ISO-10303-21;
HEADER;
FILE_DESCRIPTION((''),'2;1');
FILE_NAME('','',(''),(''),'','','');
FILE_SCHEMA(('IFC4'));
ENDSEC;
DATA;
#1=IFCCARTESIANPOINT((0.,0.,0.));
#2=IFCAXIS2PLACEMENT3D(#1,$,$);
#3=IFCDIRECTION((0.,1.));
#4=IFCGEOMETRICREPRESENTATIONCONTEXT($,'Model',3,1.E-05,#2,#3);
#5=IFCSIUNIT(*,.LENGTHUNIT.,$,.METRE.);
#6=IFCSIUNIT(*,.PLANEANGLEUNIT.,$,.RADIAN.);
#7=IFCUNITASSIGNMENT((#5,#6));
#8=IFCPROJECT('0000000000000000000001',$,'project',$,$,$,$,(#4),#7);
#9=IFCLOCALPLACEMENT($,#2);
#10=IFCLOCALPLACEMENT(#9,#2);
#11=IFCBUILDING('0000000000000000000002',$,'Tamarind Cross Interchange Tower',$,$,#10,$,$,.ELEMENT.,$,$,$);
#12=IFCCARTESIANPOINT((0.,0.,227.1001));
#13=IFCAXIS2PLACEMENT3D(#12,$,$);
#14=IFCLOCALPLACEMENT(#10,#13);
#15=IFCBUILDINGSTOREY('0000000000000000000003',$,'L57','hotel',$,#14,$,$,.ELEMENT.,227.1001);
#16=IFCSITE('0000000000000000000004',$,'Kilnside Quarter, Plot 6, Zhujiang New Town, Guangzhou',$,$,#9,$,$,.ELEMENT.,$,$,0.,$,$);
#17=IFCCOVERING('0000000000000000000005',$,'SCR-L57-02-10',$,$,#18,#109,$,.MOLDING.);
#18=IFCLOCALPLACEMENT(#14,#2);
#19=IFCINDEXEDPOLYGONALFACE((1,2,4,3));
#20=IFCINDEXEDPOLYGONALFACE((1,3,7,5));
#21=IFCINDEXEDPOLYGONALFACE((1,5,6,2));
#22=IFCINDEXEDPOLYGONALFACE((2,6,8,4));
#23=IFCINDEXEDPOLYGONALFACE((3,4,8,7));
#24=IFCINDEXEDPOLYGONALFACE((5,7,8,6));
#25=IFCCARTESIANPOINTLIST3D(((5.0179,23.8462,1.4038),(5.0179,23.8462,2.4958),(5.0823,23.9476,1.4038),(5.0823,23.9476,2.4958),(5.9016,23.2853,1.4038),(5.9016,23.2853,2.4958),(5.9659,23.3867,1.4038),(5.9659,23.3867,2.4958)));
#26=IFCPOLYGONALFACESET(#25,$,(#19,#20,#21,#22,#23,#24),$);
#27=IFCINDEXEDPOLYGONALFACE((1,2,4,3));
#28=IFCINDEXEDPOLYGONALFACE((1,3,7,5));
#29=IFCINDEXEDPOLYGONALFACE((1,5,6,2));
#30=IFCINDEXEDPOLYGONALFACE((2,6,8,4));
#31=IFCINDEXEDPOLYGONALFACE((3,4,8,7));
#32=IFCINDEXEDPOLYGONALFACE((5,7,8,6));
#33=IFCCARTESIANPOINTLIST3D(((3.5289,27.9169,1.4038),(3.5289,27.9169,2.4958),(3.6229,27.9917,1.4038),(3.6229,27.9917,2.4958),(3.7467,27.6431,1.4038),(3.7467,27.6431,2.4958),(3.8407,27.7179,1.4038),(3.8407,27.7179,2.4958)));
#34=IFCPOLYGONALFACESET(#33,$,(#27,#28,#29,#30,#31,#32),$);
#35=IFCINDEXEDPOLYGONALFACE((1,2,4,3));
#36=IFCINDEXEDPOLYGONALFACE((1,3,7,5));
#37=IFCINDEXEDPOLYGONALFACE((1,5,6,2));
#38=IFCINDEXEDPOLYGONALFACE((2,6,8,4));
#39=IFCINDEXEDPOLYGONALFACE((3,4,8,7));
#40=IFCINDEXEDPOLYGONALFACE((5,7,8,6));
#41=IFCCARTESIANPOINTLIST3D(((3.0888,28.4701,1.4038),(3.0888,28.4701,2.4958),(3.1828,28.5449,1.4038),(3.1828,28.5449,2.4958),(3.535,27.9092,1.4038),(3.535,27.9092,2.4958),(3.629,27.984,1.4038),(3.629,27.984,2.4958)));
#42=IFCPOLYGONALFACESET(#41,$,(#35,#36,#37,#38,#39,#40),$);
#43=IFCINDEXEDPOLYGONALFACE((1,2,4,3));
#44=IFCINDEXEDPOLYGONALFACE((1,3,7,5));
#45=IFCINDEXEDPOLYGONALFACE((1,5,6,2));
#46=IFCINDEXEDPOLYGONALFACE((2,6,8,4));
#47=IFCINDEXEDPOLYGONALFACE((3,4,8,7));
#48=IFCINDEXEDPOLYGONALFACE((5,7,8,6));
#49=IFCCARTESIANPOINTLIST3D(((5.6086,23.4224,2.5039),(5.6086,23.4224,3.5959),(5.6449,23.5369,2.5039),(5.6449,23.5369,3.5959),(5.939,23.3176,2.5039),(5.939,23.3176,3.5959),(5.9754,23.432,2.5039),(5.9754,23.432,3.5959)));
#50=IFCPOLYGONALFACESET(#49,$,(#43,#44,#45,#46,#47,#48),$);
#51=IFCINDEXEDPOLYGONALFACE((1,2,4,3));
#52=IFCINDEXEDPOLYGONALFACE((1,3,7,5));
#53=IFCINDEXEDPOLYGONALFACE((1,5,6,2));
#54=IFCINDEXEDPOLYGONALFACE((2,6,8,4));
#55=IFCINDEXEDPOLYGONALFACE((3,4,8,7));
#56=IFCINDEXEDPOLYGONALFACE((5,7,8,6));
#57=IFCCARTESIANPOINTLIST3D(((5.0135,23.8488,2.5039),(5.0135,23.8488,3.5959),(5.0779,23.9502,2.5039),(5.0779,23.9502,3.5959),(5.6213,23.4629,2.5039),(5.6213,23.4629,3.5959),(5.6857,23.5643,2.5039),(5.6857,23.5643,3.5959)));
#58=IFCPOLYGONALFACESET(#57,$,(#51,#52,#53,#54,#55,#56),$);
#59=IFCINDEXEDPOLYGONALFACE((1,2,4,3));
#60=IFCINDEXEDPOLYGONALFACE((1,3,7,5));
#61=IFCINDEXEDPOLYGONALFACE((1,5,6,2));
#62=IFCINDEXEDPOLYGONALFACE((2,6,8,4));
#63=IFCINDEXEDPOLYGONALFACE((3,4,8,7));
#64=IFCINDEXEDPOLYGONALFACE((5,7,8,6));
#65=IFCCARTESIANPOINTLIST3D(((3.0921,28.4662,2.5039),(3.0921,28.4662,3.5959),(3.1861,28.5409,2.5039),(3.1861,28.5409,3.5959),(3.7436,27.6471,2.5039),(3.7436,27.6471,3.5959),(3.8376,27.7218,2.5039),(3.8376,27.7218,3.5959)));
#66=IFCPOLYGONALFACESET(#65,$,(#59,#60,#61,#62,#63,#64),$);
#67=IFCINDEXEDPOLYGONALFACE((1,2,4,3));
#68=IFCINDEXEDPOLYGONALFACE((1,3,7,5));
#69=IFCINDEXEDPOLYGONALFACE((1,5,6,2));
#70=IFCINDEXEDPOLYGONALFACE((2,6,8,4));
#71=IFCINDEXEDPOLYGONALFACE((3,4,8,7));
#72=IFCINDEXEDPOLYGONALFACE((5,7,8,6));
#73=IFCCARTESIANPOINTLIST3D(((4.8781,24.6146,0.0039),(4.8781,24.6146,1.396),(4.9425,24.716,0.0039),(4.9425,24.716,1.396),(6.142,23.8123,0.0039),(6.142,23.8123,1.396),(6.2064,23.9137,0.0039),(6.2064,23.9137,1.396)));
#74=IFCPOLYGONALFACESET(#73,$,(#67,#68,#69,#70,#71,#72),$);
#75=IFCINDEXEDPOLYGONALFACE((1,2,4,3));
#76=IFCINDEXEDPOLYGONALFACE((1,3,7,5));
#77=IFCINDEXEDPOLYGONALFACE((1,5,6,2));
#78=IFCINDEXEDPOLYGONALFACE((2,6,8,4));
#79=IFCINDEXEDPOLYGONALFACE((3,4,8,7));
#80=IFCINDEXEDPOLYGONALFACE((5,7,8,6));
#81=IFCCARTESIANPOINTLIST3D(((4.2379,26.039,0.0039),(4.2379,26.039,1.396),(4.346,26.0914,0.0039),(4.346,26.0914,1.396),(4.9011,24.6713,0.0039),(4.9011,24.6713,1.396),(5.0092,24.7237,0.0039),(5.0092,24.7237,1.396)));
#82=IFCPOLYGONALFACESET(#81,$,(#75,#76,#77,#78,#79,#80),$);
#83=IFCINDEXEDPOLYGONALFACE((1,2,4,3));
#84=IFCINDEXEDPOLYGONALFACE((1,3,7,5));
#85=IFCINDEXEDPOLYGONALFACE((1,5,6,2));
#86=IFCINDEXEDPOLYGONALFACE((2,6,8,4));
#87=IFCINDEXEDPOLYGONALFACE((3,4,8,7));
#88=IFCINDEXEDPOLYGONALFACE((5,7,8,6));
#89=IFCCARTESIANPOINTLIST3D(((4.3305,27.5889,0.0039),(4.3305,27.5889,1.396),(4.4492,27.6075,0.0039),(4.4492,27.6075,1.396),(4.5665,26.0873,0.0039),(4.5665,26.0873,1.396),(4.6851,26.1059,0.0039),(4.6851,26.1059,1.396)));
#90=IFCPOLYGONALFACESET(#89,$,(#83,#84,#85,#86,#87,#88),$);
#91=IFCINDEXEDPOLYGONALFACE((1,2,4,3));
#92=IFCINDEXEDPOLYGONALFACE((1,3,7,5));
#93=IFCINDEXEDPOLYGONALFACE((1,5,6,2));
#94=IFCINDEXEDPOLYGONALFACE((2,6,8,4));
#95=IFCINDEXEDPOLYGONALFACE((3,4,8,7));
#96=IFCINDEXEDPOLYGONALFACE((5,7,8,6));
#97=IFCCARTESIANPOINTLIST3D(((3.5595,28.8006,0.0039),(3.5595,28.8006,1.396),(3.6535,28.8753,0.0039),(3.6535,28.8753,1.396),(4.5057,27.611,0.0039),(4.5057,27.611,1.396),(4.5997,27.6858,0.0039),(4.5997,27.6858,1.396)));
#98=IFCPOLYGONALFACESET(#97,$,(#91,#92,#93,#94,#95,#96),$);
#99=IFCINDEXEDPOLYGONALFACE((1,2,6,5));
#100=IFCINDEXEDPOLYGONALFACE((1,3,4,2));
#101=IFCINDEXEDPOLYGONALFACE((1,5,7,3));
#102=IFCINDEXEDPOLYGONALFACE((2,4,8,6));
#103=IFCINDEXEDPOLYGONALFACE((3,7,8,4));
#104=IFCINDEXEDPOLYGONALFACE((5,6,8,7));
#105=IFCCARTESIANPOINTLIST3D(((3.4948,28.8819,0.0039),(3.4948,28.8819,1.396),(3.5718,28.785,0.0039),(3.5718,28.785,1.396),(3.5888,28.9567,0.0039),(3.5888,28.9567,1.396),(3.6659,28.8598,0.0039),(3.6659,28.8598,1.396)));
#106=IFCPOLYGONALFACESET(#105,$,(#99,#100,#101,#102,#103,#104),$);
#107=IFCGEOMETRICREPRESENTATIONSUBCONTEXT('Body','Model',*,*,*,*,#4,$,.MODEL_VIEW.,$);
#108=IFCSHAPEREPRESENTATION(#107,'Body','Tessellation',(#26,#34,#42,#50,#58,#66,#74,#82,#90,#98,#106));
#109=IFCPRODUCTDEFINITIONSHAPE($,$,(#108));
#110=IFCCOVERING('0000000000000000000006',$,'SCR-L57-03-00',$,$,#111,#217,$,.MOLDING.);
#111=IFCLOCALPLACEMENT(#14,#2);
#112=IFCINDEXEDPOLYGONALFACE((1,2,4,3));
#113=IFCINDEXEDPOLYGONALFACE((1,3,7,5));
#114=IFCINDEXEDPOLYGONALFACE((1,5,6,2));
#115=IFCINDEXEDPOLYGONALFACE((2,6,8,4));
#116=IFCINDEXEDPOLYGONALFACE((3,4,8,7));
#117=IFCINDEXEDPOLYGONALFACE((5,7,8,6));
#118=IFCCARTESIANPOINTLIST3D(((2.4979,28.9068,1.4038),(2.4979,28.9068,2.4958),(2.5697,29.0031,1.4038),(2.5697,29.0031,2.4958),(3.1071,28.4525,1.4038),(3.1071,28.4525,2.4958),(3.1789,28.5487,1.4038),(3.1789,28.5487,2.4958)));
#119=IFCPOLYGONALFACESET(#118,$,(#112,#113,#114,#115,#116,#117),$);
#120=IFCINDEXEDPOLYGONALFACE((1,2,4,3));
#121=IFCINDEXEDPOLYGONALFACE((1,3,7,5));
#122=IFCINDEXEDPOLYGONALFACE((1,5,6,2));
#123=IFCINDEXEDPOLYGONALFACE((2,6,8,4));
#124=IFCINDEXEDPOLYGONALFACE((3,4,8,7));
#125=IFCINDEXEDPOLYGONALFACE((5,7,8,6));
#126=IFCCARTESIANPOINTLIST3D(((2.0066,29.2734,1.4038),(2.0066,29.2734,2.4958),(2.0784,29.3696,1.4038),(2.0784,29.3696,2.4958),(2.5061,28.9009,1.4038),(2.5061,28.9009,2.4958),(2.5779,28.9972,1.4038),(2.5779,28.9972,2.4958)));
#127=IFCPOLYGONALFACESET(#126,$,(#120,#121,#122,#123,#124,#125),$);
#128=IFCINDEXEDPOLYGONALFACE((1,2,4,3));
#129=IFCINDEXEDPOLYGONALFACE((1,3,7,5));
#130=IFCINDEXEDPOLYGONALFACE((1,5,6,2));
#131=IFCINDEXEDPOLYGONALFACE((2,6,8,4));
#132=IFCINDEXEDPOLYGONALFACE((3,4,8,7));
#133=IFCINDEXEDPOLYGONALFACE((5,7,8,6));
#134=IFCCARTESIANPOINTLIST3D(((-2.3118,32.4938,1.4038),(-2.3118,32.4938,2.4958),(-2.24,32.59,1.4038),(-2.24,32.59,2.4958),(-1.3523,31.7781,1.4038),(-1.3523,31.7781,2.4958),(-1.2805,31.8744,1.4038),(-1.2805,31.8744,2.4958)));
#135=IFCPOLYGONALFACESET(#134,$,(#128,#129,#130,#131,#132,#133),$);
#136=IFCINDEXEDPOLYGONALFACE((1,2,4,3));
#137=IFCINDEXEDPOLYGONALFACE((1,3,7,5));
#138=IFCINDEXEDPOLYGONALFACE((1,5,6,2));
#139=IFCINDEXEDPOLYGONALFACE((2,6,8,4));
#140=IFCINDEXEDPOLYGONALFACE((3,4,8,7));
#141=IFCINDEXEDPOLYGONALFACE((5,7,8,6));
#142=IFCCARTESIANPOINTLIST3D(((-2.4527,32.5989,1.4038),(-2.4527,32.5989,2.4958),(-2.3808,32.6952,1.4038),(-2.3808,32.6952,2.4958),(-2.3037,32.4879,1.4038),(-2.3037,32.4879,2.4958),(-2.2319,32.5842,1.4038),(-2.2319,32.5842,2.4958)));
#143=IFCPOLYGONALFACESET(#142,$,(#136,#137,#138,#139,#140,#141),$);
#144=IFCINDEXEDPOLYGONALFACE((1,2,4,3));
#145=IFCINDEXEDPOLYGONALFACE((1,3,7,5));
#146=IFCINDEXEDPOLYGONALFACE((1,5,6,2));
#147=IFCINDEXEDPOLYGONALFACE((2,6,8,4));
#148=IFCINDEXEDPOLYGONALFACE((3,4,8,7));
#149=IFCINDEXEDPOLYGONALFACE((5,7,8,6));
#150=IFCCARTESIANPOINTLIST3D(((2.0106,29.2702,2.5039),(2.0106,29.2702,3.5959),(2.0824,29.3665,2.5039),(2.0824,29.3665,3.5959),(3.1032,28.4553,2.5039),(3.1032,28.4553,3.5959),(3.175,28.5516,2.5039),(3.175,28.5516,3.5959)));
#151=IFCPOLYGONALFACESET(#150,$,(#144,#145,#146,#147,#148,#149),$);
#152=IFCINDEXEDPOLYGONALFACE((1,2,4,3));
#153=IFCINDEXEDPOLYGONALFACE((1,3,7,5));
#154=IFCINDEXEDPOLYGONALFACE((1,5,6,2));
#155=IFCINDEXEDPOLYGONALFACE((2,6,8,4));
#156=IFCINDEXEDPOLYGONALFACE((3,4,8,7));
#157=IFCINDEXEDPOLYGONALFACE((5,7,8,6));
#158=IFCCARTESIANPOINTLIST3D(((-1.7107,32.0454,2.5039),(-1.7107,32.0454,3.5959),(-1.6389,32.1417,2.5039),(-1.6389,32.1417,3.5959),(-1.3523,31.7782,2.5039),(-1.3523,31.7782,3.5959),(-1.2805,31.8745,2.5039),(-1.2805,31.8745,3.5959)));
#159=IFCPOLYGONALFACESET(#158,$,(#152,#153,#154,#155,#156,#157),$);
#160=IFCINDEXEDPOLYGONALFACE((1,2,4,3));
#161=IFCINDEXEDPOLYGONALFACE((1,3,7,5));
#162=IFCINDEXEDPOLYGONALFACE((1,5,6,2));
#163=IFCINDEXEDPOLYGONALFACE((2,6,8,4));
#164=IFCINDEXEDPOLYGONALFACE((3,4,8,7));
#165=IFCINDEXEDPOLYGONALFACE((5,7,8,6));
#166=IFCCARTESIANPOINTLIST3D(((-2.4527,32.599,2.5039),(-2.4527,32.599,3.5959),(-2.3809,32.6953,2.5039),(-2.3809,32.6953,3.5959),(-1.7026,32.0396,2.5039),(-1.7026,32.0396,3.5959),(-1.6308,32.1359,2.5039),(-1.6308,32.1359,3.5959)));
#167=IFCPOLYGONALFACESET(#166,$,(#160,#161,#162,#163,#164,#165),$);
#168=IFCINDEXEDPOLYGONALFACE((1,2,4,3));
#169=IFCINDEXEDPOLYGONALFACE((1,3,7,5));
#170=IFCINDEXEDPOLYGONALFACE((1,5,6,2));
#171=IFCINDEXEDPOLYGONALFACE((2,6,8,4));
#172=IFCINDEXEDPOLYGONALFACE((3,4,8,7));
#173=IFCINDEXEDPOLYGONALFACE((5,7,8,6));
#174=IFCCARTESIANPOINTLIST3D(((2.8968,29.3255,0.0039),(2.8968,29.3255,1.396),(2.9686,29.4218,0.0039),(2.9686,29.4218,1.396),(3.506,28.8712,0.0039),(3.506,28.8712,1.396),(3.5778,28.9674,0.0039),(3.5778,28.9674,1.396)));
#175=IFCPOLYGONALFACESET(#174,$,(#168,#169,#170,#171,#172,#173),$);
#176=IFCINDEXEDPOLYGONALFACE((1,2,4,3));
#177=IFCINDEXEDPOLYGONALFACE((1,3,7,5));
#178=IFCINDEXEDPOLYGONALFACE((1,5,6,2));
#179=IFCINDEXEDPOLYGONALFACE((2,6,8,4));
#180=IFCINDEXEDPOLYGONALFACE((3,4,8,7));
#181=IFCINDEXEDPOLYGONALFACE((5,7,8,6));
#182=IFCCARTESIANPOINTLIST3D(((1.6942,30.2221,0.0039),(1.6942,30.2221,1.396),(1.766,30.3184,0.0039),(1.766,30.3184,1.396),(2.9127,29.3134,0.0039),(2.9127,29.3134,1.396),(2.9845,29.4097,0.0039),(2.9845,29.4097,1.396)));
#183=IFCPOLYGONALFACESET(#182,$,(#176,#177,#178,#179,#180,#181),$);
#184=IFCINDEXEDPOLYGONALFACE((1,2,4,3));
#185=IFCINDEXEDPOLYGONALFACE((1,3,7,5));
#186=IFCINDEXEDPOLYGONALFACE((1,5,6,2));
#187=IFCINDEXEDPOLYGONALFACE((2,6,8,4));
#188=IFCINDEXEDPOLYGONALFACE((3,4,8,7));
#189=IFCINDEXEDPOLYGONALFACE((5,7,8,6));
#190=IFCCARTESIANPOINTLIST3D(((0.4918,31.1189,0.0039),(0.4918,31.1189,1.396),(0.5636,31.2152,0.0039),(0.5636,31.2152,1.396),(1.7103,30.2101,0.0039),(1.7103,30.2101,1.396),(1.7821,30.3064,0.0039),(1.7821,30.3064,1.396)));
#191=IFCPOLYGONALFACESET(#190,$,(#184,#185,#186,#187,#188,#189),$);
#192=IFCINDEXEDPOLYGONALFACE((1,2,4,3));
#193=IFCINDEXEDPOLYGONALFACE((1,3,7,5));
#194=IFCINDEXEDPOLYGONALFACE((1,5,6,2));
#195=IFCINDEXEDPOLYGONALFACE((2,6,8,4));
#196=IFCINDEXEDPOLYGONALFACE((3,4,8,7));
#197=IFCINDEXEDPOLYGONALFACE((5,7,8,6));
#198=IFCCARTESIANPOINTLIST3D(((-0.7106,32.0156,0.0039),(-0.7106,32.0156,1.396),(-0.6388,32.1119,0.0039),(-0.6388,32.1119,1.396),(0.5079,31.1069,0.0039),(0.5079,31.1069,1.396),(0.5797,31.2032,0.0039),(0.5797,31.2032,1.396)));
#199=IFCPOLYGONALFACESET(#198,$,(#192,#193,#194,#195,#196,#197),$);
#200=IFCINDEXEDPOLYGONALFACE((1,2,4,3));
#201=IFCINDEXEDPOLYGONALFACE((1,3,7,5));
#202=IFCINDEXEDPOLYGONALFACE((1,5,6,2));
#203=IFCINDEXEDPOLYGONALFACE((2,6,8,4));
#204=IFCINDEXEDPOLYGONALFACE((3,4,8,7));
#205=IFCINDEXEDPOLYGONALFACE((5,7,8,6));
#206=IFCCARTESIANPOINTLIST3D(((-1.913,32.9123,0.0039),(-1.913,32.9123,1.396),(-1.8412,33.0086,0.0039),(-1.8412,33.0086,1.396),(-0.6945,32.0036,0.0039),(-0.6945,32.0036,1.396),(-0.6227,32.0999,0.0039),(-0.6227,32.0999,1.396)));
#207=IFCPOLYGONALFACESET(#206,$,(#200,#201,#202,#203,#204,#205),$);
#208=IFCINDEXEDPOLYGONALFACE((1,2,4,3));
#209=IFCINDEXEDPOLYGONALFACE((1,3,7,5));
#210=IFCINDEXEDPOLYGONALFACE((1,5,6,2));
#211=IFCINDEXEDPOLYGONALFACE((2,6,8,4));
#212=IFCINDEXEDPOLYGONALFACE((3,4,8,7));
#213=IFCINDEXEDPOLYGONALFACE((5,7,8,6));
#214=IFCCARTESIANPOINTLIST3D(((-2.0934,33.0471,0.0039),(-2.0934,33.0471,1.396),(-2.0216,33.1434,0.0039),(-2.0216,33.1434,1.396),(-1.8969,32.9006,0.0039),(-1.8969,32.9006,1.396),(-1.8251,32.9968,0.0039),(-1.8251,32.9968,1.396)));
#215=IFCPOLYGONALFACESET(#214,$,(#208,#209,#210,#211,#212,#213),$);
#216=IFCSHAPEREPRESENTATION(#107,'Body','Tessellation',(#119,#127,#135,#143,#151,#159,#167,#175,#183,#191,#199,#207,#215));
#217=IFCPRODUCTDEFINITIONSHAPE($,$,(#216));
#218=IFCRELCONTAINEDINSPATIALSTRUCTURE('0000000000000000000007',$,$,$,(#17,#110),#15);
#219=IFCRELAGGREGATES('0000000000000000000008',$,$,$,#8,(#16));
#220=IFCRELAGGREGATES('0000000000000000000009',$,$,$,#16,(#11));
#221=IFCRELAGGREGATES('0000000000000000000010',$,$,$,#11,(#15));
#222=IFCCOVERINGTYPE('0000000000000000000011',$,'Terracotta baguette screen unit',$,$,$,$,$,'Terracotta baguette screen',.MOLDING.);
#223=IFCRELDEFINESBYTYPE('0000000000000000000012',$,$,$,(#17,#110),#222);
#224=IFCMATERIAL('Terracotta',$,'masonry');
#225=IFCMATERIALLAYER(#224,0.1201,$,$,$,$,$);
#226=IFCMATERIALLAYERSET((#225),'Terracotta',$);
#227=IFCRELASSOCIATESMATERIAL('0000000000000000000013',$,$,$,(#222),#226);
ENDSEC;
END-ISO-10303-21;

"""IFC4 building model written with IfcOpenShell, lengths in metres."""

from ifc_helpers import new_model, si_unit, direction, frame, origin, origin_2d, place, context, subcontext, project, spatial, rectangle, extrude, material, layer, layer_set, type_object, element, save


model = new_model("IFC4")

# Units and contexts
model_context = context("Model", 3, precision=1e-05, world=origin(), true_north=direction((0.0, 1.0)))
body_context = subcontext(model_context, "Body", "Model", "MODEL_VIEW")
ifc_project = project(units=[si_unit("LENGTHUNIT", "METRE"), si_unit("PLANEANGLEUNIT", "RADIAN")], contexts=[model_context])

# Site, building, storey
site_placement = place(None, origin())
site = spatial("IfcSite", under=ifc_project, at=site_placement, Name="Kilnside Quarter, Plot 6, Zhujiang New Town, Guangzhou", CompositionType="ELEMENT", RefElevation=0.0)
building_placement = place(site_placement, origin())
building = spatial("IfcBuilding", under=site, at=building_placement, Name="Tamarind Cross Interchange Tower", CompositionType="ELEMENT")
storey_placement = place(building_placement, frame((0.0, 0.0, 227.1001)))
storey = spatial("IfcBuildingStorey", under=building, at=storey_placement, Name="L57", Description="hotel", CompositionType="ELEMENT", Elevation=227.1001)

# Coverings
ifc_material_1 = material(Name="Terracotta", Category="masonry")
ifc_layer_1 = layer(ifc_material_1, 0.1201)
ifc_layer_set_1 = layer_set([ifc_layer_1], Name="Terracotta")
covering_type = type_object("IfcCoveringType", Name="Terracotta baguette screen unit", ElementType="Terracotta baguette screen", PredefinedType="MOLDING", material=ifc_layer_set_1)
covering_1_placement = place(storey_placement, origin())
element("IfcCovering", 1, at=covering_1_placement, inside=storey, type_object=covering_type, Name="SCR-L57-02-10", PredefinedType="MOLDING", context=body_context, shape_type="SweptSolid", body=[
    extrude(rectangle(XDim=1.0466, YDim=0.1201, at=origin_2d()), frame((5.4919, 23.6165, 1.4038), z_axis=(0.0, 0.0, 1.0), x_axis=(-0.844252, 0.535946, 0.0)), (0.0, 0.0, 1.0), 1.092),
    extrude(rectangle(XDim=0.3499, YDim=0.1201, at=origin_2d()), frame((3.6848, 27.8174, 1.4038), z_axis=(0.0, 0.0, 1.0), x_axis=(-0.622517, 0.782606, 0.0)), (0.0, 0.0, 1.0), 1.092),
    extrude(rectangle(XDim=0.7168, YDim=0.1201, at=origin_2d()), frame((3.3589, 28.2271, 1.4038), z_axis=(0.0, 0.0, 1.0), x_axis=(-0.622517, 0.782606, 0.0)), (0.0, 0.0, 1.0), 1.092),
    extrude(rectangle(XDim=0.3467, YDim=0.1201, at=origin_2d()), frame((5.792, 23.4272, 2.5039), z_axis=(0.0, 0.0, 1.0), x_axis=(-0.953133, 0.302552, 0.0)), (0.0, 0.0, 1.0), 1.092),
    extrude(rectangle(XDim=0.72, YDim=0.1201, at=origin_2d()), frame((5.3496, 23.7065, 2.5039), z_axis=(0.0, 0.0, 1.0), x_axis=(-0.844252, 0.535946, 0.0)), (0.0, 0.0, 1.0), 1.092),
    extrude(rectangle(XDim=1.0466, YDim=0.1201, at=origin_2d()), frame((3.4648, 28.094, 2.5039), z_axis=(0.0, 0.0, 1.0), x_axis=(-0.622517, 0.782606, 0.0)), (0.0, 0.0, 1.0), 1.092),
    extrude(rectangle(XDim=1.4971, YDim=0.1201, at=origin_2d()), frame((5.5422, 24.2642, 0.0039), z_axis=(0.0, 0.0, 1.0), x_axis=(-0.844252, 0.535946, 0.0)), (0.0, 0.0, 1.0), 1.3921),
    extrude(rectangle(XDim=1.52, YDim=0.1201, at=origin_2d()), frame((4.6235, 25.3813, 0.0039), z_axis=(0.0, 0.0, 1.0), x_axis=(-0.436316, 0.899793, 0.0)), (0.0, 0.0, 1.0), 1.3921),
    extrude(rectangle(XDim=1.52, YDim=0.1201, at=origin_2d()), frame((4.5078, 26.8474, 0.0039), z_axis=(0.0, 0.0, 1.0), x_axis=(-0.155243, 0.987876, 0.0)), (0.0, 0.0, 1.0), 1.3921),
    extrude(rectangle(XDim=1.52, YDim=0.1201, at=origin_2d()), frame((4.0796, 28.2432, 0.0039), z_axis=(0.0, 0.0, 1.0), x_axis=(-0.622517, 0.782606, 0.0)), (0.0, 0.0, 1.0), 1.3921),
    extrude(rectangle(XDim=0.1238, YDim=0.1201, at=origin_2d()), frame((3.5803, 28.8708, 0.0039), z_axis=(0.0, 0.0, 1.0), x_axis=(-0.622517, 0.782606, 0.0)), (0.0, 0.0, 1.0), 1.3921),
])
covering_2_placement = place(storey_placement, origin())
element("IfcCovering", 2, at=covering_2_placement, inside=storey, type_object=covering_type, Name="SCR-L57-03-00", PredefinedType="MOLDING", context=body_context, shape_type="SweptSolid", body=[
    extrude(rectangle(XDim=0.76, YDim=0.1201, at=origin_2d()), frame((2.8384, 28.7278, 1.4038), z_axis=(0.0, 0.0, 1.0), x_axis=(-0.801617, 0.597838, 0.0)), (0.0, 0.0, 1.0), 1.092),
    extrude(rectangle(XDim=0.623, YDim=0.1201, at=origin_2d()), frame((2.2922, 29.1353, 1.4038), z_axis=(0.0, 0.0, 1.0), x_axis=(-0.801617, 0.597838, 0.0)), (0.0, 0.0, 1.0), 1.092),
    extrude(rectangle(XDim=1.197, YDim=0.1201, at=origin_2d()), frame((-1.7961, 32.1841, 1.4038), z_axis=(0.0, 0.0, 1.0), x_axis=(-0.801617, 0.597838, 0.0)), (0.0, 0.0, 1.0), 1.092),
    extrude(rectangle(XDim=0.1858, YDim=0.1201, at=origin_2d()), frame((-2.3423, 32.5916, 1.4038), z_axis=(0.0, 0.0, 1.0), x_axis=(-0.801617, 0.597838, 0.0)), (0.0, 0.0, 1.0), 1.092),
    extrude(rectangle(XDim=1.363, YDim=0.1201, at=origin_2d()), frame((2.5928, 28.9109, 2.5039), z_axis=(0.0, 0.0, 1.0), x_axis=(-0.801617, 0.597838, 0.0)), (0.0, 0.0, 1.0), 1.092),
    extrude(rectangle(XDim=0.447, YDim=0.1201, at=origin_2d()), frame((-1.4956, 31.96, 2.5039), z_axis=(0.0, 0.0, 1.0), x_axis=(-0.801617, 0.597838, 0.0)), (0.0, 0.0, 1.0), 1.092),
    extrude(rectangle(XDim=0.9358, YDim=0.1201, at=origin_2d()), frame((-2.0417, 32.3674, 2.5039), z_axis=(0.0, 0.0, 1.0), x_axis=(-0.801617, 0.597838, 0.0)), (0.0, 0.0, 1.0), 1.092),
    extrude(rectangle(XDim=0.76, YDim=0.1201, at=origin_2d()), frame((3.2373, 29.1465, 0.0039), z_axis=(0.0, 0.0, 1.0), x_axis=(-0.801617, 0.597838, 0.0)), (0.0, 0.0, 1.0), 1.3921),
    extrude(rectangle(XDim=1.52, YDim=0.1201, at=origin_2d()), frame((2.3394, 29.8159, 0.0039), z_axis=(0.0, 0.0, 1.0), x_axis=(-0.801617, 0.597838, 0.0)), (0.0, 0.0, 1.0), 1.3921),
    extrude(rectangle(XDim=1.52, YDim=0.1201, at=origin_2d()), frame((1.137, 30.7126, 0.0039), z_axis=(0.0, 0.0, 1.0), x_axis=(-0.801617, 0.597838, 0.0)), (0.0, 0.0, 1.0), 1.3921),
    extrude(rectangle(XDim=1.52, YDim=0.1201, at=origin_2d()), frame((-0.0654, 31.6094, 0.0039), z_axis=(0.0, 0.0, 1.0), x_axis=(-0.801617, 0.597838, 0.0)), (0.0, 0.0, 1.0), 1.3921),
    extrude(rectangle(XDim=1.52, YDim=0.1201, at=origin_2d()), frame((-1.2678, 32.5061, 0.0039), z_axis=(0.0, 0.0, 1.0), x_axis=(-0.801617, 0.597838, 0.0)), (0.0, 0.0, 1.0), 1.3921),
    extrude(rectangle(XDim=0.2451, YDim=0.1201, at=origin_2d()), frame((-1.9592, 33.022, 0.0039), z_axis=(0.0, 0.0, 1.0), x_axis=(-0.801617, 0.597838, 0.0)), (0.0, 0.0, 1.0), 1.3921),
])

save(model, "model.ifc")
